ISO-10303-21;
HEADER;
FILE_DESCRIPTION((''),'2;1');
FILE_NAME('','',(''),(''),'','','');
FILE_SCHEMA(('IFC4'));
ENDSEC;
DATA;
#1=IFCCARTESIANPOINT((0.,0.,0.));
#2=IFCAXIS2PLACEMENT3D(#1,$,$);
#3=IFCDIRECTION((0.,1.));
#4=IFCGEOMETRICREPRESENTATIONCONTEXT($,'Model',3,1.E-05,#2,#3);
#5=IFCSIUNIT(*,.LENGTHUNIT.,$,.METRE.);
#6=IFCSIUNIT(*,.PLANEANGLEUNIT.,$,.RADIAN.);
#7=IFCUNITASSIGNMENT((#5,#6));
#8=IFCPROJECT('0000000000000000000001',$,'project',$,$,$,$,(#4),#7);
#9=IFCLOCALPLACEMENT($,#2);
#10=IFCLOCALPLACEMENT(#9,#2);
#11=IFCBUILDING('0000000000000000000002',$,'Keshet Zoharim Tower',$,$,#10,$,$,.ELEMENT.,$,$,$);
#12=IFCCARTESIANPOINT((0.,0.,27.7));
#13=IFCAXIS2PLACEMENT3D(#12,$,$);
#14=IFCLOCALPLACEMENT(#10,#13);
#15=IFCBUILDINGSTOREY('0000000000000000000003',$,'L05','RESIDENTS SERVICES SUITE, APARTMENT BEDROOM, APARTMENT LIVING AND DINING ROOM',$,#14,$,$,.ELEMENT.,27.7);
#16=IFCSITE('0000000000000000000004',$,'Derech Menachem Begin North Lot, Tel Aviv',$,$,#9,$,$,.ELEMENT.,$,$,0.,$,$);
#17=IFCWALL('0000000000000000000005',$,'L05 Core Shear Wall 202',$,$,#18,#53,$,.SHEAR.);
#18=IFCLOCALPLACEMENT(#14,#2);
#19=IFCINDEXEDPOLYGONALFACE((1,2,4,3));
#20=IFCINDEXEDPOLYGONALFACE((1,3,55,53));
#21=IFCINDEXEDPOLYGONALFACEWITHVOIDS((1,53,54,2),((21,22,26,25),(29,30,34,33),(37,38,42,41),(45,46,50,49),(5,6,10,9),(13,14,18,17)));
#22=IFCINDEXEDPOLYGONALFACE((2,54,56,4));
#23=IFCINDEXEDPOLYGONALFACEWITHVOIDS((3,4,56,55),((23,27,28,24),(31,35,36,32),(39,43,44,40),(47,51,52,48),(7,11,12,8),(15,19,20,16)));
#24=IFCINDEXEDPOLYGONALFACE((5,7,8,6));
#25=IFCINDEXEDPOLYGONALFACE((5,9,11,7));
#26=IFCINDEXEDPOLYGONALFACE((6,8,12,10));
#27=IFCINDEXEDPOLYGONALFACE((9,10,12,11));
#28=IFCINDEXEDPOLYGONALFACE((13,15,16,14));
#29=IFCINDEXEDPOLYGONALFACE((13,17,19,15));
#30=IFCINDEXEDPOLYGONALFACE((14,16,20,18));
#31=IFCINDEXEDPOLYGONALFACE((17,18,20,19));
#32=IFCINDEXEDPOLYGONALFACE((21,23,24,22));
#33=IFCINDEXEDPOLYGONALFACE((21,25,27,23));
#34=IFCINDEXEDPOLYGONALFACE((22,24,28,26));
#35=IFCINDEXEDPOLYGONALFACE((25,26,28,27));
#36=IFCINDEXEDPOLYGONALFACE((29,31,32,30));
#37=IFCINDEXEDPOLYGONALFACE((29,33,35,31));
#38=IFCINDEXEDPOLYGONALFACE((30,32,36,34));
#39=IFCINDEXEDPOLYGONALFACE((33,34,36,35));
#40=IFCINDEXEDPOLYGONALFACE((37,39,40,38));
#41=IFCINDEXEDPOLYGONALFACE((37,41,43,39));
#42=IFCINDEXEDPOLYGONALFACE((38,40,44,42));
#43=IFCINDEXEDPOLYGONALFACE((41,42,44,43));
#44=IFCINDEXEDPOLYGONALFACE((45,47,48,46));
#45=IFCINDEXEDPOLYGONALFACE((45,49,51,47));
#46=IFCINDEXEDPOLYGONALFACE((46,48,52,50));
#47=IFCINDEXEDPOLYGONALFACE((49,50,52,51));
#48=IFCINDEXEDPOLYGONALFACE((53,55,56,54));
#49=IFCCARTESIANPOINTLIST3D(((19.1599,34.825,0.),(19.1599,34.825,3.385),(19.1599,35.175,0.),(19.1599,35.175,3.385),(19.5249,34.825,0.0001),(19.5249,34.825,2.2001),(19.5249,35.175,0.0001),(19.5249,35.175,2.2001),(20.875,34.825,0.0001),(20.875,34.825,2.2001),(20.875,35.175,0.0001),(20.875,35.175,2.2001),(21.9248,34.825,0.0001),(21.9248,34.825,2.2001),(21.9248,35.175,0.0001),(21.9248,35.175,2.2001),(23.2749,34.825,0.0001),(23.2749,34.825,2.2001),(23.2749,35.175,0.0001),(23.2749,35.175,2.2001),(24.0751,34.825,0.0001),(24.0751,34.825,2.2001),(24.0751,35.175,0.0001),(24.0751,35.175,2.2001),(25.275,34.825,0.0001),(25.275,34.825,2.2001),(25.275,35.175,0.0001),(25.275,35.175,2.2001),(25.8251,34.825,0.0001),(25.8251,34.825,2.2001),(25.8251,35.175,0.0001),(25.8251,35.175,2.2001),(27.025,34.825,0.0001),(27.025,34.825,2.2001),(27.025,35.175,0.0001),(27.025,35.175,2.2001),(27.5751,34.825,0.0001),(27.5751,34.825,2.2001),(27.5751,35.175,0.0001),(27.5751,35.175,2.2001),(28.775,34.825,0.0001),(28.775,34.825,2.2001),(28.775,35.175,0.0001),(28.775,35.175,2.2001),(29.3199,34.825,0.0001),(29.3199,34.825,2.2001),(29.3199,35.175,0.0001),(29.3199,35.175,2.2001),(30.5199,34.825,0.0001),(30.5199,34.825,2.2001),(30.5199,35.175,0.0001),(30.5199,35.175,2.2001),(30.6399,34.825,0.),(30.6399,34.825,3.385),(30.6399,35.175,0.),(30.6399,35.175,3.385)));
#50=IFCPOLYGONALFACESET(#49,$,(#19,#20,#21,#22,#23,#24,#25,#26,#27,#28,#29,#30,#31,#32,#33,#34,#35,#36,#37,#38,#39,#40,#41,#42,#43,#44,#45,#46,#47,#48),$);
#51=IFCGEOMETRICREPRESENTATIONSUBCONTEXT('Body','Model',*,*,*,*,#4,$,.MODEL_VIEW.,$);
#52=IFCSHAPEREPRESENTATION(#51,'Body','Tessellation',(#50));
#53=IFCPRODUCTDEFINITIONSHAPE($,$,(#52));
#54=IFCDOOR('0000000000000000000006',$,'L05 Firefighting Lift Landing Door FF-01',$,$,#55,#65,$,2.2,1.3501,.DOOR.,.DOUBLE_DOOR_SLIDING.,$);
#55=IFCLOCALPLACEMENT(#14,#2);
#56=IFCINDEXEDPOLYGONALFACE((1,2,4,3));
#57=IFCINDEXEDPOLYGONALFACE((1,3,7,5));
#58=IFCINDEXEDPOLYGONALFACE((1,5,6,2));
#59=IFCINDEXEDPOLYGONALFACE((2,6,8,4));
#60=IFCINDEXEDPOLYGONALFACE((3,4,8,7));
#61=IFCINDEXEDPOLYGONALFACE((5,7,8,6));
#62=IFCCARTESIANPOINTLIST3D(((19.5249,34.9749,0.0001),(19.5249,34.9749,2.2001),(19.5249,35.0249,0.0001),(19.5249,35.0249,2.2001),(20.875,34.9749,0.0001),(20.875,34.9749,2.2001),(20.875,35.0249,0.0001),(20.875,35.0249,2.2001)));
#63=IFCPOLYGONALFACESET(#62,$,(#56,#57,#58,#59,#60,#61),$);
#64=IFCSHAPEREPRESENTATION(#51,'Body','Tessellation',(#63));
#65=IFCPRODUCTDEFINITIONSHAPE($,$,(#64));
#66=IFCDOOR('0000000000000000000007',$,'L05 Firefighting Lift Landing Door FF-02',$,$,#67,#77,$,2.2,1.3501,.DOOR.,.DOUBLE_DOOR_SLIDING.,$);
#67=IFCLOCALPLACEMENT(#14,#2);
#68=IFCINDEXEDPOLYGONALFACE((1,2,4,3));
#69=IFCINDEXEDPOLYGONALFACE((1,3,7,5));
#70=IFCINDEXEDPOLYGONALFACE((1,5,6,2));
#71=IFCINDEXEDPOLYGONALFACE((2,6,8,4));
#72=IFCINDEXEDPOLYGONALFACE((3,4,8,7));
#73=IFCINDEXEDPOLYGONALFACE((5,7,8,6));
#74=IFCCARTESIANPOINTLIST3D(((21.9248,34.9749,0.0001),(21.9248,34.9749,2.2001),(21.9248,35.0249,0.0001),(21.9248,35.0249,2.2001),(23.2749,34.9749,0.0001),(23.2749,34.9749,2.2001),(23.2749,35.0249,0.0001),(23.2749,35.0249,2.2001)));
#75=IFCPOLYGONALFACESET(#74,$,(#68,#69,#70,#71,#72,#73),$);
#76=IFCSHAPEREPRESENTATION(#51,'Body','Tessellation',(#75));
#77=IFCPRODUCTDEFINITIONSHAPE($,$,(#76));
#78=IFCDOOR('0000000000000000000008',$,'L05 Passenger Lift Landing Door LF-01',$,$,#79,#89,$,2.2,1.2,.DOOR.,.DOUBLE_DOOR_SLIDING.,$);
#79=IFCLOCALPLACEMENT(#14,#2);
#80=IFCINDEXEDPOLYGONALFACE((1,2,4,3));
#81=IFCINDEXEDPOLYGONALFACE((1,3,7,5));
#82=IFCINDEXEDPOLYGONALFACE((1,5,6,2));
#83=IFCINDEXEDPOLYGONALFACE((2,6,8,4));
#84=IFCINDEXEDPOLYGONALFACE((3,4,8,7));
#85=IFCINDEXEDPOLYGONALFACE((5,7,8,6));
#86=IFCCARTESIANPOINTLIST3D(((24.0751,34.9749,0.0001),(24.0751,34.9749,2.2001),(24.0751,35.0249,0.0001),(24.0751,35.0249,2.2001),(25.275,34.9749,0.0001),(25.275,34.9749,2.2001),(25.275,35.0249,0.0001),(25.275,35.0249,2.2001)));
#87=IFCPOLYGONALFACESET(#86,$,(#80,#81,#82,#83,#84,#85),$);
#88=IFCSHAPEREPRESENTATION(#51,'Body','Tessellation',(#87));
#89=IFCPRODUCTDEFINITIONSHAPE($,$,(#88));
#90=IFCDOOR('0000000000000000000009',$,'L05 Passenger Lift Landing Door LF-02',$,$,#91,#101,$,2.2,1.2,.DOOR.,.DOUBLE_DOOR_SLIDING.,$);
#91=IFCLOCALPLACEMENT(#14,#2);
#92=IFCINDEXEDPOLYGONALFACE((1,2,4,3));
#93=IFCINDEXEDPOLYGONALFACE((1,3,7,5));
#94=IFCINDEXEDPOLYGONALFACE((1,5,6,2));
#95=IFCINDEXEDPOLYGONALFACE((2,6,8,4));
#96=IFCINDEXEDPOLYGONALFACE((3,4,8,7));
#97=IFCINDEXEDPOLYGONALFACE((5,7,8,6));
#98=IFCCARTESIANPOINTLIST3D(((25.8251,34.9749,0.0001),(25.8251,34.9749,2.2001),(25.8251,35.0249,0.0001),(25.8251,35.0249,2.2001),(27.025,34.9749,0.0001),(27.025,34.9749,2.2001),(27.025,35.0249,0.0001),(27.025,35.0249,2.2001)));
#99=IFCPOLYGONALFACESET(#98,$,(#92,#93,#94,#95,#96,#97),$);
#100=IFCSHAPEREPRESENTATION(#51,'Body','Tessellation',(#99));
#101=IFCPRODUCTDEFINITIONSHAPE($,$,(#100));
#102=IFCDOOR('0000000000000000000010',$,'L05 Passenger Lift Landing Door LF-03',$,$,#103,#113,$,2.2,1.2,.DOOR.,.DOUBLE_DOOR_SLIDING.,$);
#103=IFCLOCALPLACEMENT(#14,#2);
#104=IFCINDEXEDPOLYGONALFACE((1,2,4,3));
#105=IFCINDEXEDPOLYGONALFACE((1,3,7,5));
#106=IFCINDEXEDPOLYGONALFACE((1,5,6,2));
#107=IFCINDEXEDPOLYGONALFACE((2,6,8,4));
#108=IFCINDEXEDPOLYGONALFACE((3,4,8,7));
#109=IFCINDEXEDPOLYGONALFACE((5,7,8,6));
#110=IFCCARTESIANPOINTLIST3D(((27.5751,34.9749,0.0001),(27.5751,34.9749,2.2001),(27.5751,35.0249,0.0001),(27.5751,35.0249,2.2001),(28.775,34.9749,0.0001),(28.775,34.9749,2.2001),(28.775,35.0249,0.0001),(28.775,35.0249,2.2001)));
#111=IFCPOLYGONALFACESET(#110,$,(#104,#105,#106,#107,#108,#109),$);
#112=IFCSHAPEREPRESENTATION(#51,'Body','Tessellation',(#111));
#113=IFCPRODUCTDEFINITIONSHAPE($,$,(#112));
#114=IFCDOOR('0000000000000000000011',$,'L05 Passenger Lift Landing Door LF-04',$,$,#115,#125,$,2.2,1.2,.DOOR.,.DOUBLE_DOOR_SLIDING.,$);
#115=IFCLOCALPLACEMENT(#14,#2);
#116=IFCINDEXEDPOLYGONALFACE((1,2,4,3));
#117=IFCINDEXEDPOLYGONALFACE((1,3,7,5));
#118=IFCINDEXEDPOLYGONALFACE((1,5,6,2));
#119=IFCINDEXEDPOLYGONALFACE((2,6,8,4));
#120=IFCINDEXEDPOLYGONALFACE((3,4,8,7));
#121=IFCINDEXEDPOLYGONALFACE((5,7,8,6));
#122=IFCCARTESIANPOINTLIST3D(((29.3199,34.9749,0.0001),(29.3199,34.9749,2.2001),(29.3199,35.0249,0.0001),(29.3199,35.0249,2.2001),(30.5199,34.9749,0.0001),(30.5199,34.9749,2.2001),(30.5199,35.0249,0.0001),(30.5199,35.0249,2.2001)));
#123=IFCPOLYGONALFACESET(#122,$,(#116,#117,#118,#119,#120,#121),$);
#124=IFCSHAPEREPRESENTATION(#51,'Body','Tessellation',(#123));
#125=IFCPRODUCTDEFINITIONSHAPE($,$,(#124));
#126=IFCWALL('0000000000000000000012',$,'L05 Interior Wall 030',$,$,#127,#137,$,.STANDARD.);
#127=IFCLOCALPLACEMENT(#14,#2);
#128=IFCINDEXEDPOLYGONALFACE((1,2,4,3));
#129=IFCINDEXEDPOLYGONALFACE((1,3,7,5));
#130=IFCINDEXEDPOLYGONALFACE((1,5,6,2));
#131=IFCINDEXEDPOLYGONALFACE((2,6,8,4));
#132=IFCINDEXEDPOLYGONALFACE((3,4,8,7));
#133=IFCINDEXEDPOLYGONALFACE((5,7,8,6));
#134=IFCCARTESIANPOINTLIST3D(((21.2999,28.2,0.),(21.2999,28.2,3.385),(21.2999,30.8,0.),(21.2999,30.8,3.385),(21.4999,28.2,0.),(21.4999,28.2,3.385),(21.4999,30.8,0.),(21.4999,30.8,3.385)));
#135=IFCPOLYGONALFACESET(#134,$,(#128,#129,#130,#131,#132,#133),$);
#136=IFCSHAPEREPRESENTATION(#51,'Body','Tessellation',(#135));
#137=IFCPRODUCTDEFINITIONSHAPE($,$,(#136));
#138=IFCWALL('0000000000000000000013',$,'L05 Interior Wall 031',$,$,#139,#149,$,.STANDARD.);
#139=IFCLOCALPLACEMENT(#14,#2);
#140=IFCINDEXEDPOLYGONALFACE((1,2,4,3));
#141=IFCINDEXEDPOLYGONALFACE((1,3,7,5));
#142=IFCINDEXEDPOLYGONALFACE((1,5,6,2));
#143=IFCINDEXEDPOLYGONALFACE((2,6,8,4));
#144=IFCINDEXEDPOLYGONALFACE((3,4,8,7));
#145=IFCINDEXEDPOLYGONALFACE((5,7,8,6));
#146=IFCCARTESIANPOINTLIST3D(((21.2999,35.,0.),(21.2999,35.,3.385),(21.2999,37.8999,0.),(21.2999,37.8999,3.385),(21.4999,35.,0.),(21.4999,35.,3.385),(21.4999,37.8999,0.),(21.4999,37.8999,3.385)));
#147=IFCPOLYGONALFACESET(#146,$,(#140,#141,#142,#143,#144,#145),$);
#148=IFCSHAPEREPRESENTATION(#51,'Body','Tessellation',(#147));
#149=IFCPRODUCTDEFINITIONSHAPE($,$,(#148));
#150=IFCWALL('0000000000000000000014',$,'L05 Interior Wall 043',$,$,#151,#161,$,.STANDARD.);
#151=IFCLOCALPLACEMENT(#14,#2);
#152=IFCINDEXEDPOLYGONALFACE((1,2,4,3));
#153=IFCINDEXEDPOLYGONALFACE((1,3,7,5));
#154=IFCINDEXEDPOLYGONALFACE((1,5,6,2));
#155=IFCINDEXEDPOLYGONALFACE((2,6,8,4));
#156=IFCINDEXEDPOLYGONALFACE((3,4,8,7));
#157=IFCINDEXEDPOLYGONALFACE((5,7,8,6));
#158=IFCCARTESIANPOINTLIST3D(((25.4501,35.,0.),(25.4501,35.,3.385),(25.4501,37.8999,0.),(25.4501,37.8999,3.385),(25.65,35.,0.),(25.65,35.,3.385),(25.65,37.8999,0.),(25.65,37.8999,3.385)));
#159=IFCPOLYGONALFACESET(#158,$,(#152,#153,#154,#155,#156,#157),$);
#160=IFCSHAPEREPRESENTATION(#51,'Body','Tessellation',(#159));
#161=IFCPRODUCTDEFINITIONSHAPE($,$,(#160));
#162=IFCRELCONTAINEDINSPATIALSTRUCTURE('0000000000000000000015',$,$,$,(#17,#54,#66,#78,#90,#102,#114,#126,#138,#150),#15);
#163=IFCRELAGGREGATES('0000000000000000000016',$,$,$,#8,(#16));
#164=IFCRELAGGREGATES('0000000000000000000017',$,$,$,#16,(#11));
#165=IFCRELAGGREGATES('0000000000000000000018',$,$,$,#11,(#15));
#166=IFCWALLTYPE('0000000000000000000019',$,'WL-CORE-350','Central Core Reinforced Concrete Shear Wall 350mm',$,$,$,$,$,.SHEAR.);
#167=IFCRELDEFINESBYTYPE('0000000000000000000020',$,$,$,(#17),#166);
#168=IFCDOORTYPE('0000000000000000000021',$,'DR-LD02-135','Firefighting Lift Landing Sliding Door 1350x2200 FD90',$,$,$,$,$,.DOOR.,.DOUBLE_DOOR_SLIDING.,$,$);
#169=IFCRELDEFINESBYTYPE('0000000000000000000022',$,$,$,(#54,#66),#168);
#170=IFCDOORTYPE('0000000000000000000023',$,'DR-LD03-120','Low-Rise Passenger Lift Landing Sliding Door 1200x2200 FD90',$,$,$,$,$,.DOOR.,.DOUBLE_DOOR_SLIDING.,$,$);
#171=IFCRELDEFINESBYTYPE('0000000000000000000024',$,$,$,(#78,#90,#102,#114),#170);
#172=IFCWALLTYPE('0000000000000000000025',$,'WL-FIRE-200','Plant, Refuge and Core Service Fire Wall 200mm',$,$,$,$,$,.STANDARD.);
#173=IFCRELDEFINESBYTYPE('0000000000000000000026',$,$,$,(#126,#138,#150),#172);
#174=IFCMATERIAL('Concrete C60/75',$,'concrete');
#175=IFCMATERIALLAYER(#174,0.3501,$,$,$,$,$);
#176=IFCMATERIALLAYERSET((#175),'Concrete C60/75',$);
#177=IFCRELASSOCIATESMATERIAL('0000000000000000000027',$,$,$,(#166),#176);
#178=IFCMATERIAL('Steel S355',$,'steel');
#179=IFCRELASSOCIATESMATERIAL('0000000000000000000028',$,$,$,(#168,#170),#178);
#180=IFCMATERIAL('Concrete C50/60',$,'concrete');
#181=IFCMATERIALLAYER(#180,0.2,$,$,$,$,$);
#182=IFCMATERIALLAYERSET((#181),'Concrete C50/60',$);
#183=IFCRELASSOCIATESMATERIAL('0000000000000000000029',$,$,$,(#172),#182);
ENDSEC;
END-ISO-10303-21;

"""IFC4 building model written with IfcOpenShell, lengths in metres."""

from ifc_helpers import new_model, si_unit, direction, frame, frame_2d, origin, place, context, subcontext, project, spatial, rectangle, extrude, material, layer, layer_set, type_object, element, fill, save


model = new_model("IFC4")

# Units and contexts
model_context = context("Model", 3, precision=1e-05, world=origin(), true_north=direction((0.0, 1.0)))
body_context = subcontext(model_context, "Body", "Model", "MODEL_VIEW")
ifc_project = project(units=[si_unit("LENGTHUNIT", "METRE"), si_unit("PLANEANGLEUNIT", "RADIAN")], contexts=[model_context])

# Site, building, storey
site_placement = place(None, origin())
site = spatial("IfcSite", under=ifc_project, at=site_placement, Name="Derech Menachem Begin North Lot, Tel Aviv", CompositionType="ELEMENT", RefElevation=0.0)
building_placement = place(site_placement, origin())
building = spatial("IfcBuilding", under=site, at=building_placement, Name="Keshet Zoharim Tower", CompositionType="ELEMENT")
storey_placement = place(building_placement, frame((0.0, 0.0, 27.7)))
storey = spatial("IfcBuildingStorey", under=building, at=storey_placement, Name="L05", Description="RESIDENTS SERVICES SUITE, APARTMENT BEDROOM, APARTMENT LIVING AND DINING ROOM", CompositionType="ELEMENT", Elevation=27.7)

# Shared definitions
ifc_material_1 = material(Name="Concrete C60/75", Category="concrete")
ifc_layer_1 = layer(ifc_material_1, 0.3501)
ifc_layer_set_1 = layer_set([ifc_layer_1], Name="Concrete C60/75")
wall_type_1 = type_object("IfcWallType", Name="WL-CORE-350", Description="Central Core Reinforced Concrete Shear Wall 350mm", PredefinedType="SHEAR", material=ifc_layer_set_1)

# Shared definitions
ifc_material_2 = material(Name="Steel S355", Category="steel")

# Wall, openings, doors
wall_1_placement = place(storey_placement, frame((19.1599, 35.0, 0.0), z_axis=(0.0, 0.0, 1.0), x_axis=(1.0, 0.0, 0.0)))
wall_1 = element("IfcWall", 1, at=wall_1_placement, inside=storey, type_object=wall_type_1, Name="L05 Core Shear Wall 202", PredefinedType="SHEAR", context=body_context, shape_type="SweptSolid", body=[
    extrude(rectangle(XDim=11.48, YDim=0.3501, at=frame_2d((5.74, 0.0))), origin(), (0.0, 0.0, 1.0), 3.385),
])
opening_1_placement = place(wall_1_placement, frame((0.365, 0.0, 0.0)))
opening_1 = element("IfcOpeningElement", 2, at=opening_1_placement, cuts=wall_1, PredefinedType="OPENING", context=body_context, shape_type="SweptSolid", body=[
    extrude(rectangle(XDim=1.3501, YDim=2.2, at=frame_2d((0.675, 1.1001))), frame((0.0, 0.1851, 0.0), z_axis=(0.0, -1.0, 0.0), x_axis=(1.0, 0.0, 0.0)), (0.0, 0.0, 1.0), 0.3701),
])
opening_2_placement = place(wall_1_placement, frame((2.7649, 0.0, 0.0)))
opening_2 = element("IfcOpeningElement", 3, at=opening_2_placement, cuts=wall_1, PredefinedType="OPENING", context=body_context, shape_type="SweptSolid", body=[
    extrude(rectangle(XDim=1.3501, YDim=2.2, at=frame_2d((0.675, 1.1001))), frame((0.0, 0.1851, 0.0), z_axis=(0.0, -1.0, 0.0), x_axis=(1.0, 0.0, 0.0)), (0.0, 0.0, 1.0), 0.3701),
])
opening_3_placement = place(wall_1_placement, frame((4.915, 0.0, 0.0)))
opening_3 = element("IfcOpeningElement", 4, at=opening_3_placement, cuts=wall_1, PredefinedType="OPENING", context=body_context, shape_type="SweptSolid", body=[
    extrude(rectangle(XDim=1.2, YDim=2.2, at=frame_2d((0.6001, 1.1001))), frame((0.0, 0.1851, 0.0), z_axis=(0.0, -1.0, 0.0), x_axis=(1.0, 0.0, 0.0)), (0.0, 0.0, 1.0), 0.3701),
])
opening_4_placement = place(wall_1_placement, frame((6.665, 0.0, 0.0)))
opening_4 = element("IfcOpeningElement", 5, at=opening_4_placement, cuts=wall_1, PredefinedType="OPENING", context=body_context, shape_type="SweptSolid", body=[
    extrude(rectangle(XDim=1.2, YDim=2.2, at=frame_2d((0.6001, 1.1001))), frame((0.0, 0.1851, 0.0), z_axis=(0.0, -1.0, 0.0), x_axis=(1.0, 0.0, 0.0)), (0.0, 0.0, 1.0), 0.3701),
])
opening_5_placement = place(wall_1_placement, frame((8.415, 0.0, 0.0)))
opening_5 = element("IfcOpeningElement", 6, at=opening_5_placement, cuts=wall_1, PredefinedType="OPENING", context=body_context, shape_type="SweptSolid", body=[
    extrude(rectangle(XDim=1.2, YDim=2.2, at=frame_2d((0.6001, 1.1001))), frame((0.0, 0.1851, 0.0), z_axis=(0.0, -1.0, 0.0), x_axis=(1.0, 0.0, 0.0)), (0.0, 0.0, 1.0), 0.3701),
])
opening_6_placement = place(wall_1_placement, frame((10.1599, 0.0, 0.0)))
opening_6 = element("IfcOpeningElement", 7, at=opening_6_placement, cuts=wall_1, PredefinedType="OPENING", context=body_context, shape_type="SweptSolid", body=[
    extrude(rectangle(XDim=1.2, YDim=2.2, at=frame_2d((0.6001, 1.1001))), frame((0.0, 0.1851, 0.0), z_axis=(0.0, -1.0, 0.0), x_axis=(1.0, 0.0, 0.0)), (0.0, 0.0, 1.0), 0.3701),
])
door_type_1 = type_object("IfcDoorType", Name="DR-LD02-135", Description="Firefighting Lift Landing Sliding Door 1350x2200 FD90", OperationType="DOUBLE_DOOR_SLIDING", PredefinedType="DOOR", material=ifc_material_2)
door_1_placement = place(opening_1_placement, origin())
door_1 = element("IfcDoor", 8, at=door_1_placement, inside=storey, type_object=door_type_1, Name="L05 Firefighting Lift Landing Door FF-01", OperationType="DOUBLE_DOOR_SLIDING", OverallHeight=2.2, OverallWidth=1.3501, PredefinedType="DOOR", context=body_context, shape_type="SweptSolid", body=[
    extrude(rectangle(XDim=1.3501, YDim=2.2, at=frame_2d((0.675, 1.1001))), frame((0.0, 0.0249, 0.0), z_axis=(0.0, -1.0, 0.0), x_axis=(1.0, 0.0, 0.0)), (0.0, 0.0, 1.0), 0.05),
])
fill(opening_1, door_1)
door_2_placement = place(opening_2_placement, origin())
door_2 = element("IfcDoor", 9, at=door_2_placement, inside=storey, type_object=door_type_1, Name="L05 Firefighting Lift Landing Door FF-02", OperationType="DOUBLE_DOOR_SLIDING", OverallHeight=2.2, OverallWidth=1.3501, PredefinedType="DOOR", context=body_context, shape_type="SweptSolid", body=[
    extrude(rectangle(XDim=1.3501, YDim=2.2, at=frame_2d((0.675, 1.1001))), frame((0.0, 0.0249, 0.0), z_axis=(0.0, -1.0, 0.0), x_axis=(1.0, 0.0, 0.0)), (0.0, 0.0, 1.0), 0.05),
])
fill(opening_2, door_2)
door_type_2 = type_object("IfcDoorType", Name="DR-LD03-120", Description="Low-Rise Passenger Lift Landing Sliding Door 1200x2200 FD90", OperationType="DOUBLE_DOOR_SLIDING", PredefinedType="DOOR", material=ifc_material_2)
door_3_placement = place(opening_3_placement, origin())
door_3 = element("IfcDoor", 10, at=door_3_placement, inside=storey, type_object=door_type_2, Name="L05 Passenger Lift Landing Door LF-01", OperationType="DOUBLE_DOOR_SLIDING", OverallHeight=2.2, OverallWidth=1.2, PredefinedType="DOOR", context=body_context, shape_type="SweptSolid", body=[
    extrude(rectangle(XDim=1.2, YDim=2.2, at=frame_2d((0.6001, 1.1001))), frame((0.0, 0.0249, 0.0), z_axis=(0.0, -1.0, 0.0), x_axis=(1.0, 0.0, 0.0)), (0.0, 0.0, 1.0), 0.05),
])
fill(opening_3, door_3)
door_4_placement = place(opening_4_placement, origin())
door_4 = element("IfcDoor", 11, at=door_4_placement, inside=storey, type_object=door_type_2, Name="L05 Passenger Lift Landing Door LF-02", OperationType="DOUBLE_DOOR_SLIDING", OverallHeight=2.2, OverallWidth=1.2, PredefinedType="DOOR", context=body_context, shape_type="SweptSolid", body=[
    extrude(rectangle(XDim=1.2, YDim=2.2, at=frame_2d((0.6001, 1.1001))), frame((0.0, 0.0249, 0.0), z_axis=(0.0, -1.0, 0.0), x_axis=(1.0, 0.0, 0.0)), (0.0, 0.0, 1.0), 0.05),
])
fill(opening_4, door_4)
door_5_placement = place(opening_5_placement, origin())
door_5 = element("IfcDoor", 12, at=door_5_placement, inside=storey, type_object=door_type_2, Name="L05 Passenger Lift Landing Door LF-03", OperationType="DOUBLE_DOOR_SLIDING", OverallHeight=2.2, OverallWidth=1.2, PredefinedType="DOOR", context=body_context, shape_type="SweptSolid", body=[
    extrude(rectangle(XDim=1.2, YDim=2.2, at=frame_2d((0.6001, 1.1001))), frame((0.0, 0.0249, 0.0), z_axis=(0.0, -1.0, 0.0), x_axis=(1.0, 0.0, 0.0)), (0.0, 0.0, 1.0), 0.05),
])
fill(opening_5, door_5)
door_6_placement = place(opening_6_placement, origin())
door_6 = element("IfcDoor", 13, at=door_6_placement, inside=storey, type_object=door_type_2, Name="L05 Passenger Lift Landing Door LF-04", OperationType="DOUBLE_DOOR_SLIDING", OverallHeight=2.2, OverallWidth=1.2, PredefinedType="DOOR", context=body_context, shape_type="SweptSolid", body=[
    extrude(rectangle(XDim=1.2, YDim=2.2, at=frame_2d((0.6001, 1.1001))), frame((0.0, 0.0249, 0.0), z_axis=(0.0, -1.0, 0.0), x_axis=(1.0, 0.0, 0.0)), (0.0, 0.0, 1.0), 0.05),
])
fill(opening_6, door_6)

# Walls
ifc_material_3 = material(Name="Concrete C50/60", Category="concrete")
ifc_layer_2 = layer(ifc_material_3, 0.2)
ifc_layer_set_2 = layer_set([ifc_layer_2], Name="Concrete C50/60")
wall_type_2 = type_object("IfcWallType", Name="WL-FIRE-200", Description="Plant, Refuge and Core Service Fire Wall 200mm", PredefinedType="STANDARD", material=ifc_layer_set_2)
wall_2_placement = place(storey_placement, frame((21.3999, 28.2, 0.0), z_axis=(0.0, 0.0, 1.0), x_axis=(0.0, 1.0, 0.0)))
element("IfcWall", 14, at=wall_2_placement, inside=storey, type_object=wall_type_2, Name="L05 Interior Wall 030", PredefinedType="STANDARD", context=body_context, shape_type="SweptSolid", body=[
    extrude(rectangle(XDim=2.6001, YDim=0.2, at=frame_2d((1.3, 0.0))), origin(), (0.0, 0.0, 1.0), 3.385),
])
for number, where, z_axis, x_axis, name in (
    (15, (21.3999, 35.0, 0.0), (0.0, 0.0, 1.0), (0.0, 1.0, 0.0), "L05 Interior Wall 031"),
    (16, (25.55, 35.0, 0.0), (0.0, 0.0, 1.0), (0.0, 1.0, 0.0), "L05 Interior Wall 043"),
):
    element("IfcWall", number, at=place(storey_placement, frame(where, z_axis=z_axis, x_axis=x_axis)), inside=storey, type_object=wall_type_2, Name=name, PredefinedType="STANDARD", context=body_context, shape_type="SweptSolid", body=[
        extrude(rectangle(XDim=2.8999, YDim=0.2, at=frame_2d((1.45, 0.0))), origin(), (0.0, 0.0, 1.0), 3.385),
    ])

save(model, "model.ifc")
